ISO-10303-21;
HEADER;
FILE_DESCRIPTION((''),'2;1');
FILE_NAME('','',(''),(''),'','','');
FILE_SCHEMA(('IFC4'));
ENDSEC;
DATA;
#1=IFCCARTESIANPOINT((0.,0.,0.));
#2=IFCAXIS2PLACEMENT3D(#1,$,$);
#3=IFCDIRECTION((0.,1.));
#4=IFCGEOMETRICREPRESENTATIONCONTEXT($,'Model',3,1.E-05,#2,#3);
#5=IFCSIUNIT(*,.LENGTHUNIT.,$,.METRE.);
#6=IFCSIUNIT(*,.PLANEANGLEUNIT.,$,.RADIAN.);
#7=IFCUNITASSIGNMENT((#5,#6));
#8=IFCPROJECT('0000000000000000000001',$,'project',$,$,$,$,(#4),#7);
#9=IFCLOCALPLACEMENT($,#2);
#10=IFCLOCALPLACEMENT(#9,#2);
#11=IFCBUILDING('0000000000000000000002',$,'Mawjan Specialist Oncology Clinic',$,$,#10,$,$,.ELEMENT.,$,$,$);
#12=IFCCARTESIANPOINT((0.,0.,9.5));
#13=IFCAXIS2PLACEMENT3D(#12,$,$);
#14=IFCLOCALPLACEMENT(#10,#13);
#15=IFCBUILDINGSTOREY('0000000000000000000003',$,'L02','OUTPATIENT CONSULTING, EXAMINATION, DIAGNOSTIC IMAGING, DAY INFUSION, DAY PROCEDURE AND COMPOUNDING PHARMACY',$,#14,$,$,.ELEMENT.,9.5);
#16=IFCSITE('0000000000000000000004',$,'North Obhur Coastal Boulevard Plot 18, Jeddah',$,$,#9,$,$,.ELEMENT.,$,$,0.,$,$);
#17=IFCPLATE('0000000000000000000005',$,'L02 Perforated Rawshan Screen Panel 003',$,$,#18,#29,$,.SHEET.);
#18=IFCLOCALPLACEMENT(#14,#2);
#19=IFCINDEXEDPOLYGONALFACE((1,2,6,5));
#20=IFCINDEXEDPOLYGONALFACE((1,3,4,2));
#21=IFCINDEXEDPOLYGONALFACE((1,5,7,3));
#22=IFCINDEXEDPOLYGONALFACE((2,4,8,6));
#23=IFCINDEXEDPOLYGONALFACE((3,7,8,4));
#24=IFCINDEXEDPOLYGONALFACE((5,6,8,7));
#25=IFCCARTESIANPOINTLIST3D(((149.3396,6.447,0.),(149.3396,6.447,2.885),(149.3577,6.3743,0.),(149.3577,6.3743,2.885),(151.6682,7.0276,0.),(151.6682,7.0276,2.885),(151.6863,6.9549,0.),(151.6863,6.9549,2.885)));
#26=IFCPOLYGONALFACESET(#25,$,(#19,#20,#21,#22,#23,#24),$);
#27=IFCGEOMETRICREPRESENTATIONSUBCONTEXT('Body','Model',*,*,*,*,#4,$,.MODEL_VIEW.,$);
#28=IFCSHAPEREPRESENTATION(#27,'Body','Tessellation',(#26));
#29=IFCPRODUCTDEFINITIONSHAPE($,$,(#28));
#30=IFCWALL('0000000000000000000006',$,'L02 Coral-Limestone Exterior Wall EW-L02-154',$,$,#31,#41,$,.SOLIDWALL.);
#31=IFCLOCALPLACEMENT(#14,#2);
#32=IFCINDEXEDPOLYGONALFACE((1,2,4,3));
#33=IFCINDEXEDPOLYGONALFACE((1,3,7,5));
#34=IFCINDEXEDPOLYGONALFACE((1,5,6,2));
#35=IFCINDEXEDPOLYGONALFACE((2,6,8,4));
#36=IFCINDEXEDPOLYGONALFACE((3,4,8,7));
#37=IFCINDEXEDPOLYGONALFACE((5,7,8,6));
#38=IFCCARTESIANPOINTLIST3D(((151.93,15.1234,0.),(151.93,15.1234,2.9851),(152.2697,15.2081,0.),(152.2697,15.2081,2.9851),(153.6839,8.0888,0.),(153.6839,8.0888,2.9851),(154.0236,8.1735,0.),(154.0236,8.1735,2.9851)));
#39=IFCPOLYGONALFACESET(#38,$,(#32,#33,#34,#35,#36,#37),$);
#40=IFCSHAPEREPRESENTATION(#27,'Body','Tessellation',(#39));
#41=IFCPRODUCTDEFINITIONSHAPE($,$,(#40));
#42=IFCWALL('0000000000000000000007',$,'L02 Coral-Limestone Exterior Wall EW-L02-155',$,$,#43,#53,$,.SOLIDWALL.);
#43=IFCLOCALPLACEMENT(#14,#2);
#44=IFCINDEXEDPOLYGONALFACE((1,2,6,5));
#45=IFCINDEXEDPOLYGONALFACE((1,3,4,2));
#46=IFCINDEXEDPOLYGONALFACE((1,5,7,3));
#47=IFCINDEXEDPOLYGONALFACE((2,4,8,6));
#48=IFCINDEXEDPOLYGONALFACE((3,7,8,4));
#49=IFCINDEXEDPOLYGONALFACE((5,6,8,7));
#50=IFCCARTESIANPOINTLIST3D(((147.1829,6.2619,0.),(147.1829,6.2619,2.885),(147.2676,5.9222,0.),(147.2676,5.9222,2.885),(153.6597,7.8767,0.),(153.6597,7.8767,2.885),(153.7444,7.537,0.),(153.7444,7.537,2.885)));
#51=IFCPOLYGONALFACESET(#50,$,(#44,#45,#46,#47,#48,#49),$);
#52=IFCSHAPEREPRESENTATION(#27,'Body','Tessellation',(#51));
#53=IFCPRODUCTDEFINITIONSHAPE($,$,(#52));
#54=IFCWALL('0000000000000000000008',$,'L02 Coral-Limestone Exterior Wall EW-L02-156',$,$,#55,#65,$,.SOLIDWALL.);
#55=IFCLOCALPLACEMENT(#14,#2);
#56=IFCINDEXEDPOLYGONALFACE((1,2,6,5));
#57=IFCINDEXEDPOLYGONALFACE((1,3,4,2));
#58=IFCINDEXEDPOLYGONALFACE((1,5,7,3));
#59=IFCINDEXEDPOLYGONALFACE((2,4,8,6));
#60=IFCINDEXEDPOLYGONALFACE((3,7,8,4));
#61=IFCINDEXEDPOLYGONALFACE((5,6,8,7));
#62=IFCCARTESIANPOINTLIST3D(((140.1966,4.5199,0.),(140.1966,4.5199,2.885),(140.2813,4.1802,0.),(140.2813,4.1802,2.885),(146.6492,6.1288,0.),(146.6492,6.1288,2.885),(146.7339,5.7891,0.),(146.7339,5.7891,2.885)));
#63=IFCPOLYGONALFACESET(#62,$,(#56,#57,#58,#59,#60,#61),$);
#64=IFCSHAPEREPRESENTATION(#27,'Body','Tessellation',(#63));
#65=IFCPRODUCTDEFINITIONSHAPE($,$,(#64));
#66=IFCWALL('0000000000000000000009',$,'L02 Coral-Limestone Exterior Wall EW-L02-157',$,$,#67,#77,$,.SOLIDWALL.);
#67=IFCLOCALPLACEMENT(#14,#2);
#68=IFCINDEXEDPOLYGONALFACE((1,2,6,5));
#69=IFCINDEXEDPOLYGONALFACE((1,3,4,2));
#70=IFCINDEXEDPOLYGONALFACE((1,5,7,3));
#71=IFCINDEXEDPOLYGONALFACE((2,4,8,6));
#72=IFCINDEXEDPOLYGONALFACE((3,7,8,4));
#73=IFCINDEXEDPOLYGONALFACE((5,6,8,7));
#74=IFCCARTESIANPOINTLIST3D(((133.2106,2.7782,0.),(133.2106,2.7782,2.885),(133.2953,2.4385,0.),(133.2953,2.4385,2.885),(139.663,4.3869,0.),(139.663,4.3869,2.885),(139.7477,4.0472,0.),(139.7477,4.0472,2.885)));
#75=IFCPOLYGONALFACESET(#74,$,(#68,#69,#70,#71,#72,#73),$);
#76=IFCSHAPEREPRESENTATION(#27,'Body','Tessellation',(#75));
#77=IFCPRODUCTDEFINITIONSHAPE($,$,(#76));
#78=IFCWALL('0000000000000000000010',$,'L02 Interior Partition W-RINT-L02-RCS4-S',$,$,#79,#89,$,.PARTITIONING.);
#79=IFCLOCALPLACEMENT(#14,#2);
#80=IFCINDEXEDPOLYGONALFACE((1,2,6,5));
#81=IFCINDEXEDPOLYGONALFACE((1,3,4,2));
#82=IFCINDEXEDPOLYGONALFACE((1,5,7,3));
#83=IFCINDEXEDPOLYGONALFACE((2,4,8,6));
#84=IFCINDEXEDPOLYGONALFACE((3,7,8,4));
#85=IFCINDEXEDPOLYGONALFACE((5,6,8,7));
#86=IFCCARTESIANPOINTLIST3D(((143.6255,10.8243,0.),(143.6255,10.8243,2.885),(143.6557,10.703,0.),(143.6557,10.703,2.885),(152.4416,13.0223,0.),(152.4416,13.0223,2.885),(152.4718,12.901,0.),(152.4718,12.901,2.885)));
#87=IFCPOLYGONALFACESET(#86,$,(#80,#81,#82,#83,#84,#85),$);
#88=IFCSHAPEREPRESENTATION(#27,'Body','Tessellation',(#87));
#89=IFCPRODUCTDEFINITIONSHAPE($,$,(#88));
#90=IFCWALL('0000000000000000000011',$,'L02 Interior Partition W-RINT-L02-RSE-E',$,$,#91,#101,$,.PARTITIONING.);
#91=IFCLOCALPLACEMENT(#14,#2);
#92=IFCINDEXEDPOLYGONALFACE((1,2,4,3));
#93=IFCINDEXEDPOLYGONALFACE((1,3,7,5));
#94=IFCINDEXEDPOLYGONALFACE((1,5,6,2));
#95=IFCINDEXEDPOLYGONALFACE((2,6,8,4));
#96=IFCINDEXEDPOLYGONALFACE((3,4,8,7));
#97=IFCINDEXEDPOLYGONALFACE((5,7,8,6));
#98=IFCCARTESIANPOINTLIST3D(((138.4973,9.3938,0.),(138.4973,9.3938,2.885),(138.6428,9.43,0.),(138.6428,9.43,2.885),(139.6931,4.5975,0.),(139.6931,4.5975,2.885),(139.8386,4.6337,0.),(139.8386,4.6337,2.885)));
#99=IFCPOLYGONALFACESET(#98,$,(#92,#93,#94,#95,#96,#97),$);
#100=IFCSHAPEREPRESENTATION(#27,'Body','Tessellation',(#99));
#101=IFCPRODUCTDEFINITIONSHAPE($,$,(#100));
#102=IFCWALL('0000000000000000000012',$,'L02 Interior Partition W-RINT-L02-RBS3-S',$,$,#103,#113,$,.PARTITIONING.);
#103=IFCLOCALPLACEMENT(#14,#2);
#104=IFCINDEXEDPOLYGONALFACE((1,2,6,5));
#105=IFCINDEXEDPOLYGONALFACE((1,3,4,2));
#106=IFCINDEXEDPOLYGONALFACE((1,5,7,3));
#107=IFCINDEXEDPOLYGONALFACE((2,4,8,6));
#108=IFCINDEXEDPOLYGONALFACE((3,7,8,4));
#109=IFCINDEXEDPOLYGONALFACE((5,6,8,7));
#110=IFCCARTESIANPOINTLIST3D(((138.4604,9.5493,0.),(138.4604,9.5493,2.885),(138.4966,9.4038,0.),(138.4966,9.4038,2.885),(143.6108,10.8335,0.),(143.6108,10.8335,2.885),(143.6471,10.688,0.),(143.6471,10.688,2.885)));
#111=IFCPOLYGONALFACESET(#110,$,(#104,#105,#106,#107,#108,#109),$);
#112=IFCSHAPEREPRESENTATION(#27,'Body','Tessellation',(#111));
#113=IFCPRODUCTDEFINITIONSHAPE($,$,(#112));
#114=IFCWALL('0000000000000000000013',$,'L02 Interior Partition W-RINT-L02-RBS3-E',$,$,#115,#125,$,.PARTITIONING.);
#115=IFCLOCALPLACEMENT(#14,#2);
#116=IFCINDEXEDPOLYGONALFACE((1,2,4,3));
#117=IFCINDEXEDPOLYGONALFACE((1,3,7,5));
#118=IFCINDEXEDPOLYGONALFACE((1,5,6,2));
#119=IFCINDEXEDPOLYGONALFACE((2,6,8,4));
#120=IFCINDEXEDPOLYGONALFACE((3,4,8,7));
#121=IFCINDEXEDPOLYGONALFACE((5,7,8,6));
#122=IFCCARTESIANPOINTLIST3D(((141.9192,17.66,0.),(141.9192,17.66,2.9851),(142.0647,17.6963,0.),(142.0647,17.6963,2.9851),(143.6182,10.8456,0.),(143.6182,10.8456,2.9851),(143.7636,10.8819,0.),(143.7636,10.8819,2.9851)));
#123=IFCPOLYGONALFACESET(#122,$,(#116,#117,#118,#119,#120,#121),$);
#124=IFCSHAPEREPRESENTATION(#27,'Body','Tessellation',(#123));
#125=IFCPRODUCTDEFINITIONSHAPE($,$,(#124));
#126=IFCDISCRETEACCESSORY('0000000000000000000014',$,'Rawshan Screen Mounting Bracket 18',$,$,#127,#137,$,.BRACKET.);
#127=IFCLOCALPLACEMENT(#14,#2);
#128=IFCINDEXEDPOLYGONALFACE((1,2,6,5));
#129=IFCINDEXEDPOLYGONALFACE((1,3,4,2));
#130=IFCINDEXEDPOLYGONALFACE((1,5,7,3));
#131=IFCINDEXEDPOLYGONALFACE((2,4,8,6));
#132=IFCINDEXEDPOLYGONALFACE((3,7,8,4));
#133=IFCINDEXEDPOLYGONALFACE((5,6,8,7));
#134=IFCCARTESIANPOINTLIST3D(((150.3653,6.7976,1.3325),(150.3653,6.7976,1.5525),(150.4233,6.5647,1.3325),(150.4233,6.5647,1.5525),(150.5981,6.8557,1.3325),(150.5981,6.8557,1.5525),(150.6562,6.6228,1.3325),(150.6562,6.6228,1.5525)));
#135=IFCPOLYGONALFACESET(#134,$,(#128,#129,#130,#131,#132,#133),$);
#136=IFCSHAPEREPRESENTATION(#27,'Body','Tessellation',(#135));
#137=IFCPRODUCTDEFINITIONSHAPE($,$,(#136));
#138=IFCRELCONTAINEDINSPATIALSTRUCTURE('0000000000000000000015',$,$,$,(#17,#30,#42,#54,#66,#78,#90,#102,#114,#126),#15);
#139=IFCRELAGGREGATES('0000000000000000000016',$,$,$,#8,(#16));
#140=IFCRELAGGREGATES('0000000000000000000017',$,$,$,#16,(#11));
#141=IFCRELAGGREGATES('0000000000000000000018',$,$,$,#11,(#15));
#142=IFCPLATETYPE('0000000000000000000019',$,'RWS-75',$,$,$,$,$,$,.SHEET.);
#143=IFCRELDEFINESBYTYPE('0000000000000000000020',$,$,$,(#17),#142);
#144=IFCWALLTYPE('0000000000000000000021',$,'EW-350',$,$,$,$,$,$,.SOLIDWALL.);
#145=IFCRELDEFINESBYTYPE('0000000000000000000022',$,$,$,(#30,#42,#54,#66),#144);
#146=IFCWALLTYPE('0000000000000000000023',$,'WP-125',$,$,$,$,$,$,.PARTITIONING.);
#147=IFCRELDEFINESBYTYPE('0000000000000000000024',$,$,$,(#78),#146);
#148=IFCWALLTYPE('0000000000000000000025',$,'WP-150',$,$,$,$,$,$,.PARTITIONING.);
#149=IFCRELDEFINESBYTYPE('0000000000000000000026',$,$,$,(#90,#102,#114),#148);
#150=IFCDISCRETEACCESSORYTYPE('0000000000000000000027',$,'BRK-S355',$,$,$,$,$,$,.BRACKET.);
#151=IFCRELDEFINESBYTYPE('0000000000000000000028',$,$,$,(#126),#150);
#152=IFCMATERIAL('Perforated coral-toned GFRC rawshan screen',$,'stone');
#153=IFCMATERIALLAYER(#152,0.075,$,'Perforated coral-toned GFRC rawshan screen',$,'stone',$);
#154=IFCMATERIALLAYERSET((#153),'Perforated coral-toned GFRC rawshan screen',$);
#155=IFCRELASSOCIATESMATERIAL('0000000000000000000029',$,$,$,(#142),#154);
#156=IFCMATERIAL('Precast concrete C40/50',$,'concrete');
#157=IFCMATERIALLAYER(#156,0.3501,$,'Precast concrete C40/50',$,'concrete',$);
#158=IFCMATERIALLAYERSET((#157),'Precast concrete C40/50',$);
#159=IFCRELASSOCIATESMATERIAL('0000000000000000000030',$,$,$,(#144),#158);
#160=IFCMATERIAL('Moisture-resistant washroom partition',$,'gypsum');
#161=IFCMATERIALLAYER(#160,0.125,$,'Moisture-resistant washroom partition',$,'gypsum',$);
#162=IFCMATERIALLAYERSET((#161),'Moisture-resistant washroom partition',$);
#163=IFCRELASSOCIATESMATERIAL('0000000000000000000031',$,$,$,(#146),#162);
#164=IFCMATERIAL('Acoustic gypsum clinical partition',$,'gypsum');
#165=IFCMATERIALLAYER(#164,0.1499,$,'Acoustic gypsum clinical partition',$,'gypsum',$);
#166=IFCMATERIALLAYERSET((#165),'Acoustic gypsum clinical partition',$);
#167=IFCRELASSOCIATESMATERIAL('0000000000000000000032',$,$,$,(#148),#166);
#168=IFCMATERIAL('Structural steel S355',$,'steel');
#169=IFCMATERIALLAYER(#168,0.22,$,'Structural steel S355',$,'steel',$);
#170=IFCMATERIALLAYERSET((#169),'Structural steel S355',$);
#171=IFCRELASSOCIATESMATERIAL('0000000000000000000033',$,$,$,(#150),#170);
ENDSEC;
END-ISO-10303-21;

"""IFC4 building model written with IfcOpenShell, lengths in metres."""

from ifc_helpers import new_model, si_unit, direction, frame, frame_2d, origin, origin_2d, place, context, subcontext, project, spatial, rectangle, extrude, material, layer, layer_set, type_object, element, save


model = new_model("IFC4")

# Units and contexts
model_context = context("Model", 3, precision=1e-05, world=origin(), true_north=direction((0.0, 1.0)))
body_context = subcontext(model_context, "Body", "Model", "MODEL_VIEW")
ifc_project = project(units=[si_unit("LENGTHUNIT", "METRE"), si_unit("PLANEANGLEUNIT", "RADIAN")], contexts=[model_context])

# Site, building, storey
site_placement = place(None, origin())
site = spatial("IfcSite", under=ifc_project, at=site_placement, Name="North Obhur Coastal Boulevard Plot 18, Jeddah", CompositionType="ELEMENT", RefElevation=0.0)
building_placement = place(site_placement, origin())
building = spatial("IfcBuilding", under=site, at=building_placement, Name="Mawjan Specialist Oncology Clinic", CompositionType="ELEMENT")
storey_placement = place(building_placement, frame((0.0, 0.0, 9.5)))
storey = spatial("IfcBuildingStorey", under=building, at=storey_placement, Name="L02", Description="OUTPATIENT CONSULTING, EXAMINATION, DIAGNOSTIC IMAGING, DAY INFUSION, DAY PROCEDURE AND COMPOUNDING PHARMACY", CompositionType="ELEMENT", Elevation=9.5)

# Plate
ifc_material_1 = material(Name="Perforated coral-toned GFRC rawshan screen", Category="stone")
ifc_layer_1 = layer(ifc_material_1, 0.075, Name="Perforated coral-toned GFRC rawshan screen", Category="stone")
ifc_layer_set_1 = layer_set([ifc_layer_1], Name="Perforated coral-toned GFRC rawshan screen")
plate_type = type_object("IfcPlateType", Name="RWS-75", PredefinedType="SHEET", material=ifc_layer_set_1)
plate_placement = place(storey_placement, frame((150.5129, 6.7009, 0.0), z_axis=(0.0, 0.0, 1.0), x_axis=(-0.970296, -0.241922, 0.0)))
element("IfcPlate", 1, at=plate_placement, inside=storey, type_object=plate_type, Name="L02 Perforated Rawshan Screen Panel 003", PredefinedType="SHEET", context=body_context, shape_type="SweptSolid", body=[
    extrude(rectangle(XDim=2.3999, YDim=0.075, at=origin_2d()), origin(), (0.0, 0.0, 1.0), 2.885),
])

# Walls
ifc_material_2 = material(Name="Precast concrete C40/50", Category="concrete")
ifc_layer_2 = layer(ifc_material_2, 0.3501, Name="Precast concrete C40/50", Category="concrete")
ifc_layer_set_2 = layer_set([ifc_layer_2], Name="Precast concrete C40/50")
wall_type_1 = type_object("IfcWallType", Name="EW-350", PredefinedType="SOLIDWALL", material=ifc_layer_set_2)
wall_1_placement = place(storey_placement, frame((152.0999, 15.1658, 0.0), z_axis=(0.0, 0.0, 1.0), x_axis=(0.241918, -0.970297, 0.0)))
element("IfcWall", 2, at=wall_1_placement, inside=storey, type_object=wall_type_1, Name="L02 Coral-Limestone Exterior Wall EW-L02-154", PredefinedType="SOLIDWALL", context=body_context, shape_type="SweptSolid", body=[
    extrude(rectangle(XDim=7.25, YDim=0.3501, at=frame_2d((3.625, 0.0))), origin(), (0.0, 0.0, 1.0), 2.9851),
])
wall_2_placement = place(storey_placement, frame((153.7019, 7.7068, 0.0), z_axis=(0.0, 0.0, 1.0), x_axis=(-0.970299, -0.241907, 0.0)))
element("IfcWall", 3, at=wall_2_placement, inside=storey, type_object=wall_type_1, Name="L02 Coral-Limestone Exterior Wall EW-L02-155", PredefinedType="SOLIDWALL", context=body_context, shape_type="SweptSolid", body=[
    extrude(rectangle(XDim=6.675, YDim=0.3501, at=frame_2d((3.3374, 0.0))), origin(), (0.0, 0.0, 1.0), 2.885),
])
wall_3_placement = place(storey_placement, frame((146.6917, 5.959, 0.0), z_axis=(0.0, 0.0, 1.0), x_axis=(-0.970293, -0.241931, 0.0)))
element("IfcWall", 4, at=wall_3_placement, inside=storey, type_object=wall_type_1, Name="L02 Coral-Limestone Exterior Wall EW-L02-156", PredefinedType="SOLIDWALL", context=body_context, shape_type="SweptSolid", body=[
    extrude(rectangle(XDim=6.6501, YDim=0.3501, at=frame_2d((3.3252, 0.0))), origin(), (0.0, 0.0, 1.0), 2.885),
])
wall_4_placement = place(storey_placement, frame((139.7053, 4.217, 0.0), z_axis=(0.0, 0.0, 1.0), x_axis=(-0.9703, -0.241905, 0.0)))
element("IfcWall", 5, at=wall_4_placement, inside=storey, type_object=wall_type_1, Name="L02 Coral-Limestone Exterior Wall EW-L02-157", PredefinedType="SOLIDWALL", context=body_context, shape_type="SweptSolid", body=[
    extrude(rectangle(XDim=6.6499, YDim=0.3501, at=frame_2d((3.325, 0.0))), origin(), (0.0, 0.0, 1.0), 2.885),
])
ifc_material_3 = material(Name="Moisture-resistant washroom partition", Category="gypsum")
ifc_layer_3 = layer(ifc_material_3, 0.125, Name="Moisture-resistant washroom partition", Category="gypsum")
ifc_layer_set_3 = layer_set([ifc_layer_3], Name="Moisture-resistant washroom partition")
wall_type_2 = type_object("IfcWallType", Name="WP-125", PredefinedType="PARTITIONING", material=ifc_layer_set_3)
wall_5_placement = place(storey_placement, frame((143.6406, 10.7637, 0.0), z_axis=(0.0, 0.0, 1.0), x_axis=(0.970299, 0.24191, 0.0)))
element("IfcWall", 6, at=wall_5_placement, inside=storey, type_object=wall_type_2, Name="L02 Interior Partition W-RINT-L02-RCS4-S", PredefinedType="PARTITIONING", context=body_context, shape_type="SweptSolid", body=[
    extrude(rectangle(XDim=9.0859, YDim=0.125, at=frame_2d((4.543, 0.0))), origin(), (0.0, 0.0, 1.0), 2.885),
])
ifc_material_4 = material(Name="Acoustic gypsum clinical partition", Category="gypsum")
ifc_layer_4 = layer(ifc_material_4, 0.1499, Name="Acoustic gypsum clinical partition", Category="gypsum")
ifc_layer_set_4 = layer_set([ifc_layer_4], Name="Acoustic gypsum clinical partition")
wall_type_3 = type_object("IfcWallType", Name="WP-150", PredefinedType="PARTITIONING", material=ifc_layer_set_4)
wall_6_placement = place(storey_placement, frame((139.7659, 4.6155, 0.0), z_axis=(0.0, 0.0, 1.0), x_axis=(-0.241908, 0.970299, 0.0)))
element("IfcWall", 7, at=wall_6_placement, inside=storey, type_object=wall_type_3, Name="L02 Interior Partition W-RINT-L02-RSE-E", PredefinedType="PARTITIONING", context=body_context, shape_type="SweptSolid", body=[
    extrude(rectangle(XDim=4.9431, YDim=0.1499, at=frame_2d((2.4717, 0.0))), origin(), (0.0, 0.0, 1.0), 2.885),
])
wall_7_placement = place(storey_placement, frame((138.4785, 9.4766, 0.0), z_axis=(0.0, 0.0, 1.0), x_axis=(0.970294, 0.24193, 0.0)))
element("IfcWall", 8, at=wall_7_placement, inside=storey, type_object=wall_type_3, Name="L02 Interior Partition W-RINT-L02-RBS3-S", PredefinedType="PARTITIONING", context=body_context, shape_type="SweptSolid", body=[
    extrude(rectangle(XDim=5.3081, YDim=0.1499, at=frame_2d((2.6541, 0.0))), origin(), (0.0, 0.0, 1.0), 2.885),
])
wall_8_placement = place(storey_placement, frame((143.6909, 10.8638, 0.0), z_axis=(0.0, 0.0, 1.0), x_axis=(-0.241914, 0.970298, 0.0)))
element("IfcWall", 9, at=wall_8_placement, inside=storey, type_object=wall_type_3, Name="L02 Interior Partition W-RINT-L02-RBS3-E", PredefinedType="PARTITIONING", context=body_context, shape_type="SweptSolid", body=[
    extrude(rectangle(XDim=7.0229, YDim=0.1499, at=frame_2d((3.5115, 0.0))), origin(), (0.0, 0.0, 1.0), 2.9851),
])

# Discrete accessory
ifc_material_5 = material(Name="Structural steel S355", Category="steel")
ifc_layer_5 = layer(ifc_material_5, 0.22, Name="Structural steel S355", Category="steel")
ifc_layer_set_5 = layer_set([ifc_layer_5], Name="Structural steel S355")
discrete_accessory_type = type_object("IfcDiscreteAccessoryType", Name="BRK-S355", PredefinedType="BRACKET", material=ifc_layer_set_5)
discrete_accessory_placement = place(storey_placement, frame((150.5107, 6.7102, 1.3325), z_axis=(0.0, 0.0, 1.0), x_axis=(-0.970296, -0.241922, 0.0)))
element("IfcDiscreteAccessory", 10, at=discrete_accessory_placement, inside=storey, type_object=discrete_accessory_type, Name="Rawshan Screen Mounting Bracket 18", PredefinedType="BRACKET", context=body_context, shape_type="SweptSolid", body=[
    extrude(rectangle(XDim=0.24, YDim=0.24, at=origin_2d()), origin(), (0.0, 0.0, 1.0), 0.22),
])

save(model, "model.ifc")
